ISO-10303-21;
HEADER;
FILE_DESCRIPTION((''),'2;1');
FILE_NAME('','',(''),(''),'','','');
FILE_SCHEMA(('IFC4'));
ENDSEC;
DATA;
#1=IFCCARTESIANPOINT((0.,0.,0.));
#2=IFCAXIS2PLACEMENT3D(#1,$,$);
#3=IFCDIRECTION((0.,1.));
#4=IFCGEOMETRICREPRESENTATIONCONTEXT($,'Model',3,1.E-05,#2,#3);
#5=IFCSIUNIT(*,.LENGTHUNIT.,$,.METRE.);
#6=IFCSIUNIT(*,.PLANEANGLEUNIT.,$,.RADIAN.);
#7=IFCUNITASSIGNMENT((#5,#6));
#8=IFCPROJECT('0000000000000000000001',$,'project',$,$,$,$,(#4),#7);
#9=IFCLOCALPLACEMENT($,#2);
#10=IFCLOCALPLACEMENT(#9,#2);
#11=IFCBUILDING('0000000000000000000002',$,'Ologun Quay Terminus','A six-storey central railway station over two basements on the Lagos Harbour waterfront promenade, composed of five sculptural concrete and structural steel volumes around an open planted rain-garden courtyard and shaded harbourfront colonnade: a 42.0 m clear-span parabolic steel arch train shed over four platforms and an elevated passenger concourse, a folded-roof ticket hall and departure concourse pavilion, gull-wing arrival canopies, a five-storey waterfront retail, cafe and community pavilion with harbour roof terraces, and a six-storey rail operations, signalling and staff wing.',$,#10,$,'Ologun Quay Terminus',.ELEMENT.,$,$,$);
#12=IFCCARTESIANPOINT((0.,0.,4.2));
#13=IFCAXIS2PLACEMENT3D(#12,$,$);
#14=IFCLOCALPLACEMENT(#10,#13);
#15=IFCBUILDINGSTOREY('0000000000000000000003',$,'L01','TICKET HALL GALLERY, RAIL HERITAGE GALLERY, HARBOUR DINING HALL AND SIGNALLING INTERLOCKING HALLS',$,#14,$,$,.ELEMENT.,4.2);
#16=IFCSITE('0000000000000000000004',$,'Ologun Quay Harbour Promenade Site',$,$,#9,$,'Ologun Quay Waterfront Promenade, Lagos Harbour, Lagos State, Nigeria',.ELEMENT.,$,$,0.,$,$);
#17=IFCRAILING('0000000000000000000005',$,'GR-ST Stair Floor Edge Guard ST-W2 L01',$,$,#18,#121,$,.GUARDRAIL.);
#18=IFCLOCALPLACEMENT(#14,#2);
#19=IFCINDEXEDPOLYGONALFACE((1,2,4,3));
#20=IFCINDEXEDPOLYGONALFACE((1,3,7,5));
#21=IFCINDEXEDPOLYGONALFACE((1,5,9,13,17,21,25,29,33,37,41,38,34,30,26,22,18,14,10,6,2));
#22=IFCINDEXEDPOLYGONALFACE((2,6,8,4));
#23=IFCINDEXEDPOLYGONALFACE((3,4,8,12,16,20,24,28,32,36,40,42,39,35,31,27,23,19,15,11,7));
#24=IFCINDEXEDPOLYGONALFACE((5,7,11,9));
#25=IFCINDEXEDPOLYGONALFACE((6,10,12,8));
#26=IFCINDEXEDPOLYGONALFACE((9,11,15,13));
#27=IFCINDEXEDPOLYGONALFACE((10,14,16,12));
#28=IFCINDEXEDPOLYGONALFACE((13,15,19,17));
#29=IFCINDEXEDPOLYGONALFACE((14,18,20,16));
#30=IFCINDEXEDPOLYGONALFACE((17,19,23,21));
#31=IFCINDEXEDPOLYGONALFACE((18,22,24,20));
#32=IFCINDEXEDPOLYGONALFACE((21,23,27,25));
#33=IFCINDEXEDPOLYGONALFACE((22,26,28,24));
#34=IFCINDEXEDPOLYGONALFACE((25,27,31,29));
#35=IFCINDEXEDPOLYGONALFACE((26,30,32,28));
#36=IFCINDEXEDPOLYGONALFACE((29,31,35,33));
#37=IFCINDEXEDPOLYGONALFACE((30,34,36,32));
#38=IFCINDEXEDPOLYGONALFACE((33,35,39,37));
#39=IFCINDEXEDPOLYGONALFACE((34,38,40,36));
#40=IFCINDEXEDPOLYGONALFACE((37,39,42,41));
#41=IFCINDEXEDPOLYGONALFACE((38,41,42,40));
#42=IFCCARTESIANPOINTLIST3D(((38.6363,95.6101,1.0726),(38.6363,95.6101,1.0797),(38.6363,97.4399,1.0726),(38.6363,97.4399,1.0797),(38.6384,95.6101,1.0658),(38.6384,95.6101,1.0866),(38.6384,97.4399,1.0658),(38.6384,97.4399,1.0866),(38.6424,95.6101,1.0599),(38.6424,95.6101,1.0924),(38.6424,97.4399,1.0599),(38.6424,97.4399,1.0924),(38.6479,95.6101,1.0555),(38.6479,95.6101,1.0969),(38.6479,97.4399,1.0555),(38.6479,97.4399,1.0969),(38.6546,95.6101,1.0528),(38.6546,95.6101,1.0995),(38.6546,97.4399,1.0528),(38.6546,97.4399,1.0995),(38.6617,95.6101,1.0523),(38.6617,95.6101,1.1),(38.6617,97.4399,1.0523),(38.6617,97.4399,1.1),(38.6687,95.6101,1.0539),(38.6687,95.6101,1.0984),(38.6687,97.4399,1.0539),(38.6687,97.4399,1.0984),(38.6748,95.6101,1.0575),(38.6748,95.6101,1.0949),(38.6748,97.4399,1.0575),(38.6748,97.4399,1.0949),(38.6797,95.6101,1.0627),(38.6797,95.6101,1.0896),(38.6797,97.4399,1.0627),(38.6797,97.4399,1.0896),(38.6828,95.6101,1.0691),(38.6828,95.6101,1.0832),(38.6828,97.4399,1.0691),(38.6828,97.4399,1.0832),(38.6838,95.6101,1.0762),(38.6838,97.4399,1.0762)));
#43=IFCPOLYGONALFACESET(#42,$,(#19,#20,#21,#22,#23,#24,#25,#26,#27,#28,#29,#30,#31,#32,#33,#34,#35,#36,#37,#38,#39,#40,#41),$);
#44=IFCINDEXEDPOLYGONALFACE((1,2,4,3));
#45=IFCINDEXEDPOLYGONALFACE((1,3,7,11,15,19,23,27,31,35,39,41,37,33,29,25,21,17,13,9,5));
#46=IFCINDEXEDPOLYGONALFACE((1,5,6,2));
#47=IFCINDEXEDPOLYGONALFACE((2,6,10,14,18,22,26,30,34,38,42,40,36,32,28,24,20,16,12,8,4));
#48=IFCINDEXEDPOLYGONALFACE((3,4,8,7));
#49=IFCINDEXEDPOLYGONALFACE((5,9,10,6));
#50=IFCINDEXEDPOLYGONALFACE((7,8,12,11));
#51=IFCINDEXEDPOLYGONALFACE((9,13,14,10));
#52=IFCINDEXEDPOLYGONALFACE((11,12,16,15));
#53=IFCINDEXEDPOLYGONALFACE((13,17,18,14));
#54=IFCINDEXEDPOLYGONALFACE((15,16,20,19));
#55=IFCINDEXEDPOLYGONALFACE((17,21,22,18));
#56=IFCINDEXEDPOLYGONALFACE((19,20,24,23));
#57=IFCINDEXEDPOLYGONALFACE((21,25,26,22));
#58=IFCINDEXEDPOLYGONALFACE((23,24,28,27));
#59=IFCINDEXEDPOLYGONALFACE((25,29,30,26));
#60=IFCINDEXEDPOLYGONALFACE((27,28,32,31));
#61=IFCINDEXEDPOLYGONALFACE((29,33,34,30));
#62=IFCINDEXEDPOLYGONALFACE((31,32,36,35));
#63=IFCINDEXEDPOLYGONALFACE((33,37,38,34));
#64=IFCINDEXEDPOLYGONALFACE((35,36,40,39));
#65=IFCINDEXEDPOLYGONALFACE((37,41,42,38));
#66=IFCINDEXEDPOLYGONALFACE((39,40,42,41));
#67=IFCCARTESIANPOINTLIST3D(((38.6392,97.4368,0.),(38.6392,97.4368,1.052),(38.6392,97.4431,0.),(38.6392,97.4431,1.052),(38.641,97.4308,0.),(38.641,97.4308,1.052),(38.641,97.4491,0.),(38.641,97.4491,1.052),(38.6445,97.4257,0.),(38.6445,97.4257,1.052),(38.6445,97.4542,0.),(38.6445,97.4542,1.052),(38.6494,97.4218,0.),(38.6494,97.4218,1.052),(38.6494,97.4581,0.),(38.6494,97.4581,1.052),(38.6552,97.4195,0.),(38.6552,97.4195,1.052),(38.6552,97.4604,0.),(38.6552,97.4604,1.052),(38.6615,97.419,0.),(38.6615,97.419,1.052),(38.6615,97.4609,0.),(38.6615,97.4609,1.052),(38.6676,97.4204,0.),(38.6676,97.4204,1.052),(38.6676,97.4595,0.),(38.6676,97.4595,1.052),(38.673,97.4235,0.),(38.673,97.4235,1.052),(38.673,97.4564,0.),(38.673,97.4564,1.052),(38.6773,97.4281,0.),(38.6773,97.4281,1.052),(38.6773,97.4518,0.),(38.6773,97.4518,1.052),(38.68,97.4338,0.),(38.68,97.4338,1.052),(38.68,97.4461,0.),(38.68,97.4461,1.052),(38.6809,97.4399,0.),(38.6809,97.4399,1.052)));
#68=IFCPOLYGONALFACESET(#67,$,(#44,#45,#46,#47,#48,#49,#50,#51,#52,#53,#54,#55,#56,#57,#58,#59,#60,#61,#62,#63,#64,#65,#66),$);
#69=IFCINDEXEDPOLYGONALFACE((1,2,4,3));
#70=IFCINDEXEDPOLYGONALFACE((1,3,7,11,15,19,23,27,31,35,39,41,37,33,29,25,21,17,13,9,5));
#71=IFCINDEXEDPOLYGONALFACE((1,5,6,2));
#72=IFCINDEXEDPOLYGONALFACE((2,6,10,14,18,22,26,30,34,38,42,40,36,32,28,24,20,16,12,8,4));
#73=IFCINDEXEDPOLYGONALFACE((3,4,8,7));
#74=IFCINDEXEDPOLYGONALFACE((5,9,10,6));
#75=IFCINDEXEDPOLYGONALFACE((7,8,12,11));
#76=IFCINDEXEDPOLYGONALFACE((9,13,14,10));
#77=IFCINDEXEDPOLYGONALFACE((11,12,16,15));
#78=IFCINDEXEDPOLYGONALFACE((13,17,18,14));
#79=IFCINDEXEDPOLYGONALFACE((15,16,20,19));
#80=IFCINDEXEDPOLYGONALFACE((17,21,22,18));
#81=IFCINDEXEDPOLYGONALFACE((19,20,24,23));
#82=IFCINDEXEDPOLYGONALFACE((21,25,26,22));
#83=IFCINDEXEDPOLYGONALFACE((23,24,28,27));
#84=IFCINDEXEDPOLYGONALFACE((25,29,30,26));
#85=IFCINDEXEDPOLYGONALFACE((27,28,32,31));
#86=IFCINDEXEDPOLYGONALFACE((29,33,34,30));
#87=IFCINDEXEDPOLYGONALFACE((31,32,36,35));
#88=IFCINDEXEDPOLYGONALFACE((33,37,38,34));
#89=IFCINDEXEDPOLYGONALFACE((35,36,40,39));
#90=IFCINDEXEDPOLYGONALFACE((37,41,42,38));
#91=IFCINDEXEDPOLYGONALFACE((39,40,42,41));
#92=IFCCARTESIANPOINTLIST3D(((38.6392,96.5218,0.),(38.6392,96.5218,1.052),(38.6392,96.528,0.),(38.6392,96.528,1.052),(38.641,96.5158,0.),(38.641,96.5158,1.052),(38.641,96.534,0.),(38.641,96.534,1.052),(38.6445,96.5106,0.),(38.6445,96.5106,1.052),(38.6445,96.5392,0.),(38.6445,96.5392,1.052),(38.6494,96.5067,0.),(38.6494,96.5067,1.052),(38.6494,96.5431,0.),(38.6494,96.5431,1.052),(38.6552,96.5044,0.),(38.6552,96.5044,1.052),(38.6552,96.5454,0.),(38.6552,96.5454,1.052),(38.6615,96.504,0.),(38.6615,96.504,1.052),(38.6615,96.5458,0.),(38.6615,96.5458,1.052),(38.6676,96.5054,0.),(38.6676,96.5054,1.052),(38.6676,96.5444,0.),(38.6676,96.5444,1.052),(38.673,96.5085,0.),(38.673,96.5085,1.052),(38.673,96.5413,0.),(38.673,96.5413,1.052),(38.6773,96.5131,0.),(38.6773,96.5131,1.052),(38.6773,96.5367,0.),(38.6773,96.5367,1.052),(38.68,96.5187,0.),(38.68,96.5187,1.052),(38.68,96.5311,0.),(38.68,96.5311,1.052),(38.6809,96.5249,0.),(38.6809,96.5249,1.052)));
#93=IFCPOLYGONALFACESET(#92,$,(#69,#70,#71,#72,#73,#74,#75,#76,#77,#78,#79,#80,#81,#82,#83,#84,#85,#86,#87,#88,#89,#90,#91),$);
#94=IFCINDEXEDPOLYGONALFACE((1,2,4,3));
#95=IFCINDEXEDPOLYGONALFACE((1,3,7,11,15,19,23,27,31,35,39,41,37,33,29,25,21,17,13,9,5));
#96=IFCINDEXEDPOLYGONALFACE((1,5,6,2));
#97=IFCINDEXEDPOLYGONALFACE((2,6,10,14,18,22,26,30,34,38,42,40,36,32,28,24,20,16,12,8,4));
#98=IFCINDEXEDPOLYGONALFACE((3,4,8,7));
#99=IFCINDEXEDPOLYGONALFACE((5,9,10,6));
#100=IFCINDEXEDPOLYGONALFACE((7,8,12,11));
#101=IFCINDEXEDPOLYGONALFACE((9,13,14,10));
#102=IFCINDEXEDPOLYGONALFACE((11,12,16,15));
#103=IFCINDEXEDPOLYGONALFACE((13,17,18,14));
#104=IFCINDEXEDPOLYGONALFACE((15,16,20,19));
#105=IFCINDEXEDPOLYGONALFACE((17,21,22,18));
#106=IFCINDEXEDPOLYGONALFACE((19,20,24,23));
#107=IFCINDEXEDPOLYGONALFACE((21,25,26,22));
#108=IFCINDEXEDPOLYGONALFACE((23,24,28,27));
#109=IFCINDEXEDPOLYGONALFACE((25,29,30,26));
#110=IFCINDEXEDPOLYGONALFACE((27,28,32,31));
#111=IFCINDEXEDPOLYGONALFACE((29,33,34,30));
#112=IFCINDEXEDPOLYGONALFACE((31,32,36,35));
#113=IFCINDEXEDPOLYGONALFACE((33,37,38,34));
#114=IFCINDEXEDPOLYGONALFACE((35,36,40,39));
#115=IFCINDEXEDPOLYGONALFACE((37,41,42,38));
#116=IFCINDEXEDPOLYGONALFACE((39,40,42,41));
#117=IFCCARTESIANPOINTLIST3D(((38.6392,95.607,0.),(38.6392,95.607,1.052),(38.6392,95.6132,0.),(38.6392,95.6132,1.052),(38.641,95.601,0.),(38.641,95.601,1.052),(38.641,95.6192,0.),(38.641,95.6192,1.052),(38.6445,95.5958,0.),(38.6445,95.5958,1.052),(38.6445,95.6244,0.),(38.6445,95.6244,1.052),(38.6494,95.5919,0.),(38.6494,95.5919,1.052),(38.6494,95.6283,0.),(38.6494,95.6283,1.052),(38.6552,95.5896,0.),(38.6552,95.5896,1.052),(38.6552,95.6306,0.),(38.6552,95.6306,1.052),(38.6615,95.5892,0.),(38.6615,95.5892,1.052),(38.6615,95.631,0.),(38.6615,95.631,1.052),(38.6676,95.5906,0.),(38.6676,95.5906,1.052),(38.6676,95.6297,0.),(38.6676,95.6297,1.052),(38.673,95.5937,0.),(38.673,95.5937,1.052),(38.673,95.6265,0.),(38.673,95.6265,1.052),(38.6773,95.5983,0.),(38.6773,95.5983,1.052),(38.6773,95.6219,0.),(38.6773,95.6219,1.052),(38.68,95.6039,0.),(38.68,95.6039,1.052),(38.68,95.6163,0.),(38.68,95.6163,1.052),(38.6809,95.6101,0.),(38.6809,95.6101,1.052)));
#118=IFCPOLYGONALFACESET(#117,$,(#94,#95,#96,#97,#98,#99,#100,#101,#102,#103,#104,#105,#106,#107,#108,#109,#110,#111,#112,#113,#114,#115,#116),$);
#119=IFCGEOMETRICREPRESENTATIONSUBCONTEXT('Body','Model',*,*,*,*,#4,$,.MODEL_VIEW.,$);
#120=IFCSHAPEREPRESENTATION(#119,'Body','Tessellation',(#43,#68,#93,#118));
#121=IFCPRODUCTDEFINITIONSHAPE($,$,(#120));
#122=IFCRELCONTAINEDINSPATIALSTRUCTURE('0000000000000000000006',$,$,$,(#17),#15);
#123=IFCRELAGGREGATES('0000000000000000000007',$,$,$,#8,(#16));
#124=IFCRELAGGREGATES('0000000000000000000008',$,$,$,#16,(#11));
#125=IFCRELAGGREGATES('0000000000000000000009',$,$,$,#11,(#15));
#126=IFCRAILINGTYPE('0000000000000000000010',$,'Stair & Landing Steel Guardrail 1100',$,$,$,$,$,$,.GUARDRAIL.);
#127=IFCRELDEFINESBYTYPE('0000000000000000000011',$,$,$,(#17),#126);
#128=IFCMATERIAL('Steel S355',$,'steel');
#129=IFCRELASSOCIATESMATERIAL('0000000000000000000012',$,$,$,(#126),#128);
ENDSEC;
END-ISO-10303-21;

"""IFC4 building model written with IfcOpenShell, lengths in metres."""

from ifc_helpers import new_model, si_unit, direction, frame, origin, origin_2d, place, context, subcontext, project, spatial, circle, extrude, material, type_object, element, save


model = new_model("IFC4")

# Units and contexts
model_context = context("Model", 3, precision=1e-05, world=origin(), true_north=direction((0.0, 1.0)))
body_context = subcontext(model_context, "Body", "Model", "MODEL_VIEW")
ifc_project = project(units=[si_unit("LENGTHUNIT", "METRE"), si_unit("PLANEANGLEUNIT", "RADIAN")], contexts=[model_context])

# Site, building, storey
site_placement = place(None, origin())
site = spatial("IfcSite", under=ifc_project, at=site_placement, Name="Ologun Quay Harbour Promenade Site", LongName="Ologun Quay Waterfront Promenade, Lagos Harbour, Lagos State, Nigeria", CompositionType="ELEMENT", RefElevation=0.0)
building_placement = place(site_placement, origin())
building = spatial("IfcBuilding", under=site, at=building_placement, Name="Ologun Quay Terminus", Description="A six-storey central railway station over two basements on the Lagos Harbour waterfront promenade, composed of five sculptural concrete and structural steel volumes around an open planted rain-garden courtyard and shaded harbourfront colonnade: a 42.0 m clear-span parabolic steel arch train shed over four platforms and an elevated passenger concourse, a folded-roof ticket hall and departure concourse pavilion, gull-wing arrival canopies, a five-storey waterfront retail, cafe and community pavilion with harbour roof terraces, and a six-storey rail operations, signalling and staff wing.", LongName="Ologun Quay Terminus", CompositionType="ELEMENT")
storey_placement = place(building_placement, frame((0.0, 0.0, 4.2)))
storey = spatial("IfcBuildingStorey", under=building, at=storey_placement, Name="L01", Description="TICKET HALL GALLERY, RAIL HERITAGE GALLERY, HARBOUR DINING HALL AND SIGNALLING INTERLOCKING HALLS", CompositionType="ELEMENT", Elevation=4.2)

# Railing
ifc_material_1 = material(Name="Steel S355", Category="steel")
railing_type_1 = type_object("IfcRailingType", Name="Stair & Landing Steel Guardrail 1100", PredefinedType="GUARDRAIL", material=ifc_material_1)
railing_1_placement = place(storey_placement, frame((38.6599, 97.4399, 0.0)))
element("IfcRailing", 1, at=railing_1_placement, inside=storey, type_object=railing_type_1, Name="GR-ST Stair Floor Edge Guard ST-W2 L01", PredefinedType="GUARDRAIL", context=body_context, shape_type="SweptSolid", body=[
    extrude(circle(Radius=0.0239, at=origin_2d()), frame((0.0, 0.0, 1.0762), z_axis=(0.0, -1.0, 0.0), x_axis=(1.0, 0.0, 0.0)), (0.0, 0.0, 1.0), 1.8298),
    extrude(circle(Radius=0.021, at=origin_2d()), origin(), (0.0, 0.0, 1.0), 1.052),
    extrude(circle(Radius=0.021, at=origin_2d()), frame((0.0, -0.915, 0.0)), (0.0, 0.0, 1.0), 1.052),
    extrude(circle(Radius=0.021, at=origin_2d()), frame((0.0, -1.8298, 0.0)), (0.0, 0.0, 1.0), 1.052),
])

save(model, "model.ifc")
